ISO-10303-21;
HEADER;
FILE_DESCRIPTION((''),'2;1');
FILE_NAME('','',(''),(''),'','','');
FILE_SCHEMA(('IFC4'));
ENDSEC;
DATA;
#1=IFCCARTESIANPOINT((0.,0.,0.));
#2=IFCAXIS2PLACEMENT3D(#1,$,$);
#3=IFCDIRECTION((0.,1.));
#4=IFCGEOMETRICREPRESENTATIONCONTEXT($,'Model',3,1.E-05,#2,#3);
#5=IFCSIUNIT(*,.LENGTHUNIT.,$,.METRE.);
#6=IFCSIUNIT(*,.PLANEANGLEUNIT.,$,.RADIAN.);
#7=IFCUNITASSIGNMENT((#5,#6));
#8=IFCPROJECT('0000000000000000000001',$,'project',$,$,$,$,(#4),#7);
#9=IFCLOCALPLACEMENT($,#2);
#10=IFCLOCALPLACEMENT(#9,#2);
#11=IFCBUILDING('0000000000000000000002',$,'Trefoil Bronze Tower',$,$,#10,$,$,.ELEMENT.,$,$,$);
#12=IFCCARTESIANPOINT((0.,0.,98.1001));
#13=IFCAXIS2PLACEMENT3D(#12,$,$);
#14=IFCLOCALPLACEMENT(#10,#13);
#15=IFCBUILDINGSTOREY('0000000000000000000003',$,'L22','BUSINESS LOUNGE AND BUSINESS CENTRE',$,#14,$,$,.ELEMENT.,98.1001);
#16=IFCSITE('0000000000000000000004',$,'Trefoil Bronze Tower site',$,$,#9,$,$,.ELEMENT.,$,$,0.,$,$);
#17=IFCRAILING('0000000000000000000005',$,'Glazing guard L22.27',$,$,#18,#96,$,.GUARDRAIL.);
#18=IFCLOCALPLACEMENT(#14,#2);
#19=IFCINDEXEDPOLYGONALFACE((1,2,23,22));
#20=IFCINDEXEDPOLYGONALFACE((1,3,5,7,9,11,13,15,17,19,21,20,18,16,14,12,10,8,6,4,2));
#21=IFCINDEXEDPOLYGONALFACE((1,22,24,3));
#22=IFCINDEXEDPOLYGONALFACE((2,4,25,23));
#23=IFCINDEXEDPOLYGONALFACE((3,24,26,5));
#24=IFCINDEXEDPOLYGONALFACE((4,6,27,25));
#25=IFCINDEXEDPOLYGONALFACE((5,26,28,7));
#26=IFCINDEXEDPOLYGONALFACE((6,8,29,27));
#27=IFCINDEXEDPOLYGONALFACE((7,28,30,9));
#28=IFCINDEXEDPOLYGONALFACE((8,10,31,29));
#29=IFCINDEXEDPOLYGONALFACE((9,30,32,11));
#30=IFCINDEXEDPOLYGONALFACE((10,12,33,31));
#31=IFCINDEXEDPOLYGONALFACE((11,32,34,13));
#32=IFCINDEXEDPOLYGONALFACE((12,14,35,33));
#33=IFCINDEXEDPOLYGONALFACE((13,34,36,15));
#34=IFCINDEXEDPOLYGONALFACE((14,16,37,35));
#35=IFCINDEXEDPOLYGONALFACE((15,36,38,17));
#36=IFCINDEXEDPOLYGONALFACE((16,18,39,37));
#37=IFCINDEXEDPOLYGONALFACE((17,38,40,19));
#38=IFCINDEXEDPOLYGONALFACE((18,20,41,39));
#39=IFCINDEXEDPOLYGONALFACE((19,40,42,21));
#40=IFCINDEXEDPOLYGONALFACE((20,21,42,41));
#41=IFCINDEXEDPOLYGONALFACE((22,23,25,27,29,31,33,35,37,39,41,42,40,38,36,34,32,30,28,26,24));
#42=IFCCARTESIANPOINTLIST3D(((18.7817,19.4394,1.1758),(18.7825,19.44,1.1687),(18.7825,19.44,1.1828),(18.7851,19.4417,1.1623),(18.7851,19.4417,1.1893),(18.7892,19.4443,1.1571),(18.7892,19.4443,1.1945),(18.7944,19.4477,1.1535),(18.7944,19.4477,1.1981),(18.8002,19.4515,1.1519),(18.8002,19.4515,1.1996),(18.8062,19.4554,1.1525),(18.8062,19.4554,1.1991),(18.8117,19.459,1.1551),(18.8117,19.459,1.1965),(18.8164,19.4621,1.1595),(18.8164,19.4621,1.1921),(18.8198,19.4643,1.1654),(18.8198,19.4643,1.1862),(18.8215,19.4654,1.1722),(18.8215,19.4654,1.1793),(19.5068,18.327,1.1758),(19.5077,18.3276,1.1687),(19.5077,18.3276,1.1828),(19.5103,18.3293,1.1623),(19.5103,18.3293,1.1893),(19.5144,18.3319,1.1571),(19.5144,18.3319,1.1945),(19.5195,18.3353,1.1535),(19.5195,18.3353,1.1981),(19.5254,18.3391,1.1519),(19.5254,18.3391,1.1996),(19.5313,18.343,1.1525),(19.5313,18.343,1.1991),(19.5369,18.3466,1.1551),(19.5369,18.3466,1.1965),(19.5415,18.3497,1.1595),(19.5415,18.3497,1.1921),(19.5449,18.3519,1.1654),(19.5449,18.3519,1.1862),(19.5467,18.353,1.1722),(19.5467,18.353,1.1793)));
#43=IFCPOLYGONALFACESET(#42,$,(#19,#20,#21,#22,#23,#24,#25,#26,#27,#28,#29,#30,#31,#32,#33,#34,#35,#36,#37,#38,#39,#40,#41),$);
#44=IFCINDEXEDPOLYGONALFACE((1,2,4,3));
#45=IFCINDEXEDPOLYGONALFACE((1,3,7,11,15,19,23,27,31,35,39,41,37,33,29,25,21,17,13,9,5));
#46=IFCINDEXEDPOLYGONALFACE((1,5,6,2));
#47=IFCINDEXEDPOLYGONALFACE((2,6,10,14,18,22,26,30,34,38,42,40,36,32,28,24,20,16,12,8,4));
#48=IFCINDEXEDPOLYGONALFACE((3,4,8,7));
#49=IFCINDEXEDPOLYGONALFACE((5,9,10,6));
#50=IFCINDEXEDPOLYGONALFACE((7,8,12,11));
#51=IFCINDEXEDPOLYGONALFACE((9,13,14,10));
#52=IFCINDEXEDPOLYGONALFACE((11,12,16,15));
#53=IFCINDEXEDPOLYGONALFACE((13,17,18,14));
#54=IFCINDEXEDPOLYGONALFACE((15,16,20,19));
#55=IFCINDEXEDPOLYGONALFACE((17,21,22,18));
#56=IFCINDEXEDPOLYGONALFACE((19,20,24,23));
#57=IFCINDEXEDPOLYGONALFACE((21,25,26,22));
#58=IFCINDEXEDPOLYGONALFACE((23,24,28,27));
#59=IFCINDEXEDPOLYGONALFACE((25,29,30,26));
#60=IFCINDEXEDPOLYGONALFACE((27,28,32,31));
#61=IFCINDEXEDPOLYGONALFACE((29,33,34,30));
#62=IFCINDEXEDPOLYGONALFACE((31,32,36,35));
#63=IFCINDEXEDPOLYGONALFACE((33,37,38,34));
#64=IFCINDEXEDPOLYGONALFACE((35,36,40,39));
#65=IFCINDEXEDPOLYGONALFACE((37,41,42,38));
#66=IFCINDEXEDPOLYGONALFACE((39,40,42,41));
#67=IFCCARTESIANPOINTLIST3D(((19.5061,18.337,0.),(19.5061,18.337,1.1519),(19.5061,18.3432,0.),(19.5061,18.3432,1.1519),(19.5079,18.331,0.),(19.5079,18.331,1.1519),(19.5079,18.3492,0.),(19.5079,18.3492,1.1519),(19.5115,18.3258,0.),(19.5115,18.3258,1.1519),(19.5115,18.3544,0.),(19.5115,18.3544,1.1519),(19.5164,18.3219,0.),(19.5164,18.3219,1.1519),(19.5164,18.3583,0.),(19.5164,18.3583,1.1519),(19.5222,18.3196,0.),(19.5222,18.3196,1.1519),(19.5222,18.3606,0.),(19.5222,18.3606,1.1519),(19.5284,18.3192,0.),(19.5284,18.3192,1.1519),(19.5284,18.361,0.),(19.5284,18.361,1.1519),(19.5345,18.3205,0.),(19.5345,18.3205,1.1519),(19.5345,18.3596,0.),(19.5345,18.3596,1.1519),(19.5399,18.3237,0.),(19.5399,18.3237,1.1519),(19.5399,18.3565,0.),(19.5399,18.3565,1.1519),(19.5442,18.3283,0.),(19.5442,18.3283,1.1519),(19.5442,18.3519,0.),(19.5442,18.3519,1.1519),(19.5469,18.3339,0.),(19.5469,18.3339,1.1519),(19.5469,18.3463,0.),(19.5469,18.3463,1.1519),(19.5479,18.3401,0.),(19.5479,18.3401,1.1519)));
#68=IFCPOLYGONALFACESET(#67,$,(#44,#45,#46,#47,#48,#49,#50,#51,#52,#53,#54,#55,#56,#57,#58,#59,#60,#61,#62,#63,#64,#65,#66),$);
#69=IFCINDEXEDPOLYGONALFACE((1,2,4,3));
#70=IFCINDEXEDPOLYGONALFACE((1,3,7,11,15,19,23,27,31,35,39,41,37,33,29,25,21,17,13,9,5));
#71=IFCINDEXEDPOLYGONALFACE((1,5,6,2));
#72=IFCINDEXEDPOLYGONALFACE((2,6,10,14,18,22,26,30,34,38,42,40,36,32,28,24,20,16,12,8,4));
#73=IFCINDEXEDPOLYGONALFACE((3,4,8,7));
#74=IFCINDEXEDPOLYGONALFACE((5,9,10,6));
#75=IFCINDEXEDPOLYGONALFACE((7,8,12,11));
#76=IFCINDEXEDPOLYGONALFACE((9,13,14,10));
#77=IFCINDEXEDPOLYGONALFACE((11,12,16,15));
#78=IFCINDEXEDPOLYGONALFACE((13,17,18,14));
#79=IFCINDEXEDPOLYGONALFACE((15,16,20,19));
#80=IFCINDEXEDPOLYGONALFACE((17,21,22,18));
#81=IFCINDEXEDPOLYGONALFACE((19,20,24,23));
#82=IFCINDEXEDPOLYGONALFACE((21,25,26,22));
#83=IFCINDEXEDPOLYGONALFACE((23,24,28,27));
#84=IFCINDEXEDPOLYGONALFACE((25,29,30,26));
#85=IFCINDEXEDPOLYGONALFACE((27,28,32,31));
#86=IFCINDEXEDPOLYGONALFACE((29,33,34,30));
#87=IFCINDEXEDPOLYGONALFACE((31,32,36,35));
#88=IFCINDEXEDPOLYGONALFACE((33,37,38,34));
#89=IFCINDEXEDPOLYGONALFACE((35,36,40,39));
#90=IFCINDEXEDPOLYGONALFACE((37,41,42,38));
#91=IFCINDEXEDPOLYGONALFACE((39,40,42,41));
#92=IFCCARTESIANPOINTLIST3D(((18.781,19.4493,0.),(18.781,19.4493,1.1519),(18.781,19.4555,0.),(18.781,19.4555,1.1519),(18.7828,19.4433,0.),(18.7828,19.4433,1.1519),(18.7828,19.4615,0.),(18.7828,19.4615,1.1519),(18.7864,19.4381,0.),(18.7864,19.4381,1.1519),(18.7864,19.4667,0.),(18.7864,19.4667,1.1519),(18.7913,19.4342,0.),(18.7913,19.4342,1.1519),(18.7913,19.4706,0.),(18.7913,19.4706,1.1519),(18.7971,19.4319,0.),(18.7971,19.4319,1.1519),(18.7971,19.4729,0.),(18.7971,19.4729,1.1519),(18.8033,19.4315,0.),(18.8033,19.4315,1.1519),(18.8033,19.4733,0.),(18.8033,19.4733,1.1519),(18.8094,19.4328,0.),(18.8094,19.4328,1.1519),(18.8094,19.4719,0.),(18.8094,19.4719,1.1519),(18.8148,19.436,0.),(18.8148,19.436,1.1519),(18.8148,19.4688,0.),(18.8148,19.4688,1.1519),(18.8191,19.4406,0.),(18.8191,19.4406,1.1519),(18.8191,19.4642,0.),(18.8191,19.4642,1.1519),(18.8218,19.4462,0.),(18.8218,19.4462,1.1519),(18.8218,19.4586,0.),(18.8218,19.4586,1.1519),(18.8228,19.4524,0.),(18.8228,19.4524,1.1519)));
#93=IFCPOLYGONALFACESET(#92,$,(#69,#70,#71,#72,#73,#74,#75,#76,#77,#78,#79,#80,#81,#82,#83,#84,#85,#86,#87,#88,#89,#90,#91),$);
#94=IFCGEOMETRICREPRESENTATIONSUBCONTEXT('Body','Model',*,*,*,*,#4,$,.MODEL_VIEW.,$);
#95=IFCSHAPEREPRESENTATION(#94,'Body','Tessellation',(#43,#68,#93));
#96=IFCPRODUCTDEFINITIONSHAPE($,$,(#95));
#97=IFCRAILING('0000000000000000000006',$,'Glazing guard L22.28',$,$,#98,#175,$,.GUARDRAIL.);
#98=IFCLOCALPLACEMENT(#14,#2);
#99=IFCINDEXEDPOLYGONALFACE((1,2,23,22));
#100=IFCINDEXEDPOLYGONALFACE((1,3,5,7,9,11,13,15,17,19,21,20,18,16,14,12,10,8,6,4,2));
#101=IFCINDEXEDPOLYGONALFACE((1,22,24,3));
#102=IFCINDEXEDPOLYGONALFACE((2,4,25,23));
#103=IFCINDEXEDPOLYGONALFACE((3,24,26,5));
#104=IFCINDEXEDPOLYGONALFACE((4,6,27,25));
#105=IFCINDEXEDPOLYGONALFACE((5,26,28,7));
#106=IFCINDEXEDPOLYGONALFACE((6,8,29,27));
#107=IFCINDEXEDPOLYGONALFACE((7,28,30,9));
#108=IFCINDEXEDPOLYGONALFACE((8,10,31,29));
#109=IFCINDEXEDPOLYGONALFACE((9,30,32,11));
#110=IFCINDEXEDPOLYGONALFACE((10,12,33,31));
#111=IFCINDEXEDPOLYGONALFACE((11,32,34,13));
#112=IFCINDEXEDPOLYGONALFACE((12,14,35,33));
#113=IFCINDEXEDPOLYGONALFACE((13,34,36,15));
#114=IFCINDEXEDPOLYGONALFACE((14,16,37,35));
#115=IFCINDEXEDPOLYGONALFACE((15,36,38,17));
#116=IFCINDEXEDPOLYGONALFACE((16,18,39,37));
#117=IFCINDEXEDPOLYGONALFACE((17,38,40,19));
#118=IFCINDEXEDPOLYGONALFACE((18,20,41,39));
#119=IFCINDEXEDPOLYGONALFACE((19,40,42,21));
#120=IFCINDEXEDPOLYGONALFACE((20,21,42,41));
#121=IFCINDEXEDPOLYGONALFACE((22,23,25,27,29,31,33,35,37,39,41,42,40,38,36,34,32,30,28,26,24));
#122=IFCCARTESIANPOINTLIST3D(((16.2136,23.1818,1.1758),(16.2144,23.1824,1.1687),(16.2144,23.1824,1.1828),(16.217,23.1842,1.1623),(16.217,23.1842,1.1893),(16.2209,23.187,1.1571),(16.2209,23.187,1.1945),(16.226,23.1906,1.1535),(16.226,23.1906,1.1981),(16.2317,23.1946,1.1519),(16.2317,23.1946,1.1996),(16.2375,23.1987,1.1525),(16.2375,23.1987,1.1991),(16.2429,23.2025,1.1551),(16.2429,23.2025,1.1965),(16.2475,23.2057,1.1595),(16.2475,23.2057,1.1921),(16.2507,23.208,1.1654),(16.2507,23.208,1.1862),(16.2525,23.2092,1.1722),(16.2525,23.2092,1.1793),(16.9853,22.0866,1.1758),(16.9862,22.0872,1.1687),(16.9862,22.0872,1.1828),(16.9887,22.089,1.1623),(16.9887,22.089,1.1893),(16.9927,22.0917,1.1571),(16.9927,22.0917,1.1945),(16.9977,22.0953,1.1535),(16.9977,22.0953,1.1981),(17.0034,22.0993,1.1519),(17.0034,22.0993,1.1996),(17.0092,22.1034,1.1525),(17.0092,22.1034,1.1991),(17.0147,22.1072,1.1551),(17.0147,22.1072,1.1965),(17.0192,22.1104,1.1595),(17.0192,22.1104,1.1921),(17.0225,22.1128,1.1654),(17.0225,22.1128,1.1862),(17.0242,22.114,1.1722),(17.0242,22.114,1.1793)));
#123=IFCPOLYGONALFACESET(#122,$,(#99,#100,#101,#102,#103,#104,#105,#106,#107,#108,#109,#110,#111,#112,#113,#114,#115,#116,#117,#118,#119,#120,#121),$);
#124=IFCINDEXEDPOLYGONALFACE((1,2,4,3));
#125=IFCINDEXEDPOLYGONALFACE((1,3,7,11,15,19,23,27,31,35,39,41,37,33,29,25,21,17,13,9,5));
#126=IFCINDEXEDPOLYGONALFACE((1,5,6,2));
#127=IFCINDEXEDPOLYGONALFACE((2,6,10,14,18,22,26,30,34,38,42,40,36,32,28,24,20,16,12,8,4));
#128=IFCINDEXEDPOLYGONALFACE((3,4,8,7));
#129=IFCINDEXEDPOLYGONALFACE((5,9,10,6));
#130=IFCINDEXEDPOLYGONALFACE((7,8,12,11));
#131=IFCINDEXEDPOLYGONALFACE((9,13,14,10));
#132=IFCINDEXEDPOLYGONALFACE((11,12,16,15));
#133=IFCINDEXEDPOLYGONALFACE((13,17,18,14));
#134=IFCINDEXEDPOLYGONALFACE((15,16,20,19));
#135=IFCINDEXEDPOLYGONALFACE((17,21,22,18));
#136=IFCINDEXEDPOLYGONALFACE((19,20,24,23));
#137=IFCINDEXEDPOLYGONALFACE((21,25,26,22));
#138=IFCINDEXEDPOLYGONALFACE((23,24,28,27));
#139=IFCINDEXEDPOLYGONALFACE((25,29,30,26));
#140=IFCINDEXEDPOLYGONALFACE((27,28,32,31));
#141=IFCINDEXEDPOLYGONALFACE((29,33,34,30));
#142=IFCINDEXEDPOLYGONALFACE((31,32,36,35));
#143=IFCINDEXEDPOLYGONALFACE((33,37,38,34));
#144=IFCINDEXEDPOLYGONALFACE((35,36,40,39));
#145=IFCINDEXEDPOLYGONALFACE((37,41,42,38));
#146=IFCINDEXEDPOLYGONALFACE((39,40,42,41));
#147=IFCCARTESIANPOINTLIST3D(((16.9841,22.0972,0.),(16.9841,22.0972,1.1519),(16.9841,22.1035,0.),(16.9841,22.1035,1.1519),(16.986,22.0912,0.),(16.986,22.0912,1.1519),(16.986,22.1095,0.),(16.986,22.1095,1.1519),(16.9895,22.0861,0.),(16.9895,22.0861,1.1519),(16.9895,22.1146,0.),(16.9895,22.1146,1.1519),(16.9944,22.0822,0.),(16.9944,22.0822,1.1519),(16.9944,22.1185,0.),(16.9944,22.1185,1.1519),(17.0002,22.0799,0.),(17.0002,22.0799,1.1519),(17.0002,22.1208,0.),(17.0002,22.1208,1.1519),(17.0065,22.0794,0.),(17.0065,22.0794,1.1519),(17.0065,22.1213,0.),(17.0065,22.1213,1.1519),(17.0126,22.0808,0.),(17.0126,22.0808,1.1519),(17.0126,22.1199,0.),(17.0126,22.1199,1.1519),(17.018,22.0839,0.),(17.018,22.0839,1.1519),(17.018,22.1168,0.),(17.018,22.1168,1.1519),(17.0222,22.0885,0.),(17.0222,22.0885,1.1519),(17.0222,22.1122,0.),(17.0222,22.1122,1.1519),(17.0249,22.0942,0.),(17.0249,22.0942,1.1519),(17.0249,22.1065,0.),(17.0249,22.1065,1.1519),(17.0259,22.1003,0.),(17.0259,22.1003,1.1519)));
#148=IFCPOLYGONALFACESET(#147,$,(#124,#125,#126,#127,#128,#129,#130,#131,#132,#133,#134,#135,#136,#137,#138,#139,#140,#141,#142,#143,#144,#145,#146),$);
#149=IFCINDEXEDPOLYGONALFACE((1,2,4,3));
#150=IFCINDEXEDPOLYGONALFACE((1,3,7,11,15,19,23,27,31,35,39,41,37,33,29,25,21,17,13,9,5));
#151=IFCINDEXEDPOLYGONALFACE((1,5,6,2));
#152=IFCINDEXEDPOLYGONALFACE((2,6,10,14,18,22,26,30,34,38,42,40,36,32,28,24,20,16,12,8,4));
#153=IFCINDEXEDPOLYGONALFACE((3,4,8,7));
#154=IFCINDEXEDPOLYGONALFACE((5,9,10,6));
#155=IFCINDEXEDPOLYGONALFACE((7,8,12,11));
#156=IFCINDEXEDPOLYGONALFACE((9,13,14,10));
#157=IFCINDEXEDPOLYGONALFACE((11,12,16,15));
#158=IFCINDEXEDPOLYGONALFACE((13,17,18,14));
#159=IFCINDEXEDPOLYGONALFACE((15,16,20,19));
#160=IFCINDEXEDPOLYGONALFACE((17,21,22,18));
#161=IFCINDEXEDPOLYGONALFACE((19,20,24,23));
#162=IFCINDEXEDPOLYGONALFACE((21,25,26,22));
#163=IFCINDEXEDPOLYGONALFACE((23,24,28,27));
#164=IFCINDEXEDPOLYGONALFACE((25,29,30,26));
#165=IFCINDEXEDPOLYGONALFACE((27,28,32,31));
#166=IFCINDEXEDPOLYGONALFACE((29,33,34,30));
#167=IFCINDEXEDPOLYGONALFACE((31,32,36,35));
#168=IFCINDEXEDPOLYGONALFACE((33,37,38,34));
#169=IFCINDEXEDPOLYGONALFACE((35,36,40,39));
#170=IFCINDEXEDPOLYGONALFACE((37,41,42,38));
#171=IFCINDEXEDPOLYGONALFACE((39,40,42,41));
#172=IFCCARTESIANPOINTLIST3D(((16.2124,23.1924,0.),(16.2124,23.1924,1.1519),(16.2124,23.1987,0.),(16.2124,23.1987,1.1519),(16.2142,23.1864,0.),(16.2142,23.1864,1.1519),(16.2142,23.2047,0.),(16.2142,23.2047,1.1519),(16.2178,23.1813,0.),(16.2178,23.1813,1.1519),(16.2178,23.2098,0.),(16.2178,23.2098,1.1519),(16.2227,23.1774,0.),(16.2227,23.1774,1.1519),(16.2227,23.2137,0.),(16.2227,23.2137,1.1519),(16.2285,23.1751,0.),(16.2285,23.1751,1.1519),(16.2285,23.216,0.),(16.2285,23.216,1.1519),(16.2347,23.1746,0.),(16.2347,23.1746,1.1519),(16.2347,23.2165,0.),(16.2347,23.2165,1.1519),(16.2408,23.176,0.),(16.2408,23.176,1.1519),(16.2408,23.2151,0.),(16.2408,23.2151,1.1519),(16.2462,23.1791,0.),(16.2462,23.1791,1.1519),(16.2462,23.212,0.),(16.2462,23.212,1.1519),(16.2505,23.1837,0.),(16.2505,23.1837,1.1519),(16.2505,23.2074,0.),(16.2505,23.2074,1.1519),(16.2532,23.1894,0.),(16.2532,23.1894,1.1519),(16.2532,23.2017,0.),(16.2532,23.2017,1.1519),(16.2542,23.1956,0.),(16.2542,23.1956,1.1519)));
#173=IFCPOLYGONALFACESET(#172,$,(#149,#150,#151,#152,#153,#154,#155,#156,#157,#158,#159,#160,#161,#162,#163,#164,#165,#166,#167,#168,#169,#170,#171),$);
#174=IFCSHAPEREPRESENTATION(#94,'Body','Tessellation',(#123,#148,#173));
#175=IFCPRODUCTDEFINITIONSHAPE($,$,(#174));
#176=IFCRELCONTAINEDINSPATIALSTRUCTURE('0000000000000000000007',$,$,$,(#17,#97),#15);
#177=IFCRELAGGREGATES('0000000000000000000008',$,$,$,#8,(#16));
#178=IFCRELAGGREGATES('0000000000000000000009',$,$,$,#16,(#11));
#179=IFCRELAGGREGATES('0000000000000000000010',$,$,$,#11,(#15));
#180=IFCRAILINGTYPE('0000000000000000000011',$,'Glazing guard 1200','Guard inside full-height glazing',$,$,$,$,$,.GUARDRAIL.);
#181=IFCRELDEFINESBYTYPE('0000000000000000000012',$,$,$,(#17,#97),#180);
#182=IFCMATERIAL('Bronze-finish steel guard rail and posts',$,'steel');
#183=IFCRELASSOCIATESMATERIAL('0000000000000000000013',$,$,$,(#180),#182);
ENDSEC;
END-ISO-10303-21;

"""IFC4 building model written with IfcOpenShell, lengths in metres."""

from ifc_helpers import new_model, si_unit, direction, frame, origin, origin_2d, place, context, subcontext, project, spatial, circle, extrude, material, type_object, element, save


model = new_model("IFC4")

# Units and contexts
model_context = context("Model", 3, precision=1e-05, world=origin(), true_north=direction((0.0, 1.0)))
body_context = subcontext(model_context, "Body", "Model", "MODEL_VIEW")
ifc_project = project(units=[si_unit("LENGTHUNIT", "METRE"), si_unit("PLANEANGLEUNIT", "RADIAN")], contexts=[model_context])

# Site, building, storey
site_placement = place(None, origin())
site = spatial("IfcSite", under=ifc_project, at=site_placement, Name="Trefoil Bronze Tower site", CompositionType="ELEMENT", RefElevation=0.0)
building_placement = place(site_placement, origin())
building = spatial("IfcBuilding", under=site, at=building_placement, Name="Trefoil Bronze Tower", CompositionType="ELEMENT")
storey_placement = place(building_placement, frame((0.0, 0.0, 98.1001)))
storey = spatial("IfcBuildingStorey", under=building, at=storey_placement, Name="L22", Description="BUSINESS LOUNGE AND BUSINESS CENTRE", CompositionType="ELEMENT", Elevation=98.1001)

# Railings
ifc_material_1 = material(Name="Bronze-finish steel guard rail and posts", Category="steel")
railing_type_1 = type_object("IfcRailingType", Name="Glazing guard 1200", Description="Guard inside full-height glazing", PredefinedType="GUARDRAIL", material=ifc_material_1)
railing_1_placement = place(storey_placement, frame((19.5269, 18.3401, 0.0)))
element("IfcRailing", 1, at=railing_1_placement, inside=storey, type_object=railing_type_1, Name="Glazing guard L22.27", PredefinedType="GUARDRAIL", context=body_context, shape_type="SweptSolid", body=[
    extrude(circle(Radius=0.0239, at=origin_2d()), frame((0.0, 0.0, 1.1758), z_axis=(-0.5461, 0.83772, 0.0), x_axis=(-0.83772, -0.5461, 0.0)), (0.0, 0.0, 1.0), 1.3279),
    extrude(circle(Radius=0.021, at=origin_2d()), origin(), (0.0, 0.0, 1.0), 1.1519),
    extrude(circle(Radius=0.021, at=origin_2d()), frame((-0.7251, 1.1123, 0.0)), (0.0, 0.0, 1.0), 1.1519),
])
railing_2_placement = place(storey_placement, frame((17.0049, 22.1003, 0.0)))
element("IfcRailing", 2, at=railing_2_placement, inside=storey, type_object=railing_type_1, Name="Glazing guard L22.28", PredefinedType="GUARDRAIL", context=body_context, shape_type="SweptSolid", body=[
    extrude(circle(Radius=0.0239, at=origin_2d()), frame((0.0, 0.0, 1.1758), z_axis=(-0.576003, 0.817447, 0.0), x_axis=(-0.817447, -0.576003, 0.0)), (0.0, 0.0, 1.0), 1.3398),
    extrude(circle(Radius=0.021, at=origin_2d()), origin(), (0.0, 0.0, 1.0), 1.1519),
    extrude(circle(Radius=0.021, at=origin_2d()), frame((-0.7717, 1.0952, 0.0)), (0.0, 0.0, 1.0), 1.1519),
])

save(model, "model.ifc")
